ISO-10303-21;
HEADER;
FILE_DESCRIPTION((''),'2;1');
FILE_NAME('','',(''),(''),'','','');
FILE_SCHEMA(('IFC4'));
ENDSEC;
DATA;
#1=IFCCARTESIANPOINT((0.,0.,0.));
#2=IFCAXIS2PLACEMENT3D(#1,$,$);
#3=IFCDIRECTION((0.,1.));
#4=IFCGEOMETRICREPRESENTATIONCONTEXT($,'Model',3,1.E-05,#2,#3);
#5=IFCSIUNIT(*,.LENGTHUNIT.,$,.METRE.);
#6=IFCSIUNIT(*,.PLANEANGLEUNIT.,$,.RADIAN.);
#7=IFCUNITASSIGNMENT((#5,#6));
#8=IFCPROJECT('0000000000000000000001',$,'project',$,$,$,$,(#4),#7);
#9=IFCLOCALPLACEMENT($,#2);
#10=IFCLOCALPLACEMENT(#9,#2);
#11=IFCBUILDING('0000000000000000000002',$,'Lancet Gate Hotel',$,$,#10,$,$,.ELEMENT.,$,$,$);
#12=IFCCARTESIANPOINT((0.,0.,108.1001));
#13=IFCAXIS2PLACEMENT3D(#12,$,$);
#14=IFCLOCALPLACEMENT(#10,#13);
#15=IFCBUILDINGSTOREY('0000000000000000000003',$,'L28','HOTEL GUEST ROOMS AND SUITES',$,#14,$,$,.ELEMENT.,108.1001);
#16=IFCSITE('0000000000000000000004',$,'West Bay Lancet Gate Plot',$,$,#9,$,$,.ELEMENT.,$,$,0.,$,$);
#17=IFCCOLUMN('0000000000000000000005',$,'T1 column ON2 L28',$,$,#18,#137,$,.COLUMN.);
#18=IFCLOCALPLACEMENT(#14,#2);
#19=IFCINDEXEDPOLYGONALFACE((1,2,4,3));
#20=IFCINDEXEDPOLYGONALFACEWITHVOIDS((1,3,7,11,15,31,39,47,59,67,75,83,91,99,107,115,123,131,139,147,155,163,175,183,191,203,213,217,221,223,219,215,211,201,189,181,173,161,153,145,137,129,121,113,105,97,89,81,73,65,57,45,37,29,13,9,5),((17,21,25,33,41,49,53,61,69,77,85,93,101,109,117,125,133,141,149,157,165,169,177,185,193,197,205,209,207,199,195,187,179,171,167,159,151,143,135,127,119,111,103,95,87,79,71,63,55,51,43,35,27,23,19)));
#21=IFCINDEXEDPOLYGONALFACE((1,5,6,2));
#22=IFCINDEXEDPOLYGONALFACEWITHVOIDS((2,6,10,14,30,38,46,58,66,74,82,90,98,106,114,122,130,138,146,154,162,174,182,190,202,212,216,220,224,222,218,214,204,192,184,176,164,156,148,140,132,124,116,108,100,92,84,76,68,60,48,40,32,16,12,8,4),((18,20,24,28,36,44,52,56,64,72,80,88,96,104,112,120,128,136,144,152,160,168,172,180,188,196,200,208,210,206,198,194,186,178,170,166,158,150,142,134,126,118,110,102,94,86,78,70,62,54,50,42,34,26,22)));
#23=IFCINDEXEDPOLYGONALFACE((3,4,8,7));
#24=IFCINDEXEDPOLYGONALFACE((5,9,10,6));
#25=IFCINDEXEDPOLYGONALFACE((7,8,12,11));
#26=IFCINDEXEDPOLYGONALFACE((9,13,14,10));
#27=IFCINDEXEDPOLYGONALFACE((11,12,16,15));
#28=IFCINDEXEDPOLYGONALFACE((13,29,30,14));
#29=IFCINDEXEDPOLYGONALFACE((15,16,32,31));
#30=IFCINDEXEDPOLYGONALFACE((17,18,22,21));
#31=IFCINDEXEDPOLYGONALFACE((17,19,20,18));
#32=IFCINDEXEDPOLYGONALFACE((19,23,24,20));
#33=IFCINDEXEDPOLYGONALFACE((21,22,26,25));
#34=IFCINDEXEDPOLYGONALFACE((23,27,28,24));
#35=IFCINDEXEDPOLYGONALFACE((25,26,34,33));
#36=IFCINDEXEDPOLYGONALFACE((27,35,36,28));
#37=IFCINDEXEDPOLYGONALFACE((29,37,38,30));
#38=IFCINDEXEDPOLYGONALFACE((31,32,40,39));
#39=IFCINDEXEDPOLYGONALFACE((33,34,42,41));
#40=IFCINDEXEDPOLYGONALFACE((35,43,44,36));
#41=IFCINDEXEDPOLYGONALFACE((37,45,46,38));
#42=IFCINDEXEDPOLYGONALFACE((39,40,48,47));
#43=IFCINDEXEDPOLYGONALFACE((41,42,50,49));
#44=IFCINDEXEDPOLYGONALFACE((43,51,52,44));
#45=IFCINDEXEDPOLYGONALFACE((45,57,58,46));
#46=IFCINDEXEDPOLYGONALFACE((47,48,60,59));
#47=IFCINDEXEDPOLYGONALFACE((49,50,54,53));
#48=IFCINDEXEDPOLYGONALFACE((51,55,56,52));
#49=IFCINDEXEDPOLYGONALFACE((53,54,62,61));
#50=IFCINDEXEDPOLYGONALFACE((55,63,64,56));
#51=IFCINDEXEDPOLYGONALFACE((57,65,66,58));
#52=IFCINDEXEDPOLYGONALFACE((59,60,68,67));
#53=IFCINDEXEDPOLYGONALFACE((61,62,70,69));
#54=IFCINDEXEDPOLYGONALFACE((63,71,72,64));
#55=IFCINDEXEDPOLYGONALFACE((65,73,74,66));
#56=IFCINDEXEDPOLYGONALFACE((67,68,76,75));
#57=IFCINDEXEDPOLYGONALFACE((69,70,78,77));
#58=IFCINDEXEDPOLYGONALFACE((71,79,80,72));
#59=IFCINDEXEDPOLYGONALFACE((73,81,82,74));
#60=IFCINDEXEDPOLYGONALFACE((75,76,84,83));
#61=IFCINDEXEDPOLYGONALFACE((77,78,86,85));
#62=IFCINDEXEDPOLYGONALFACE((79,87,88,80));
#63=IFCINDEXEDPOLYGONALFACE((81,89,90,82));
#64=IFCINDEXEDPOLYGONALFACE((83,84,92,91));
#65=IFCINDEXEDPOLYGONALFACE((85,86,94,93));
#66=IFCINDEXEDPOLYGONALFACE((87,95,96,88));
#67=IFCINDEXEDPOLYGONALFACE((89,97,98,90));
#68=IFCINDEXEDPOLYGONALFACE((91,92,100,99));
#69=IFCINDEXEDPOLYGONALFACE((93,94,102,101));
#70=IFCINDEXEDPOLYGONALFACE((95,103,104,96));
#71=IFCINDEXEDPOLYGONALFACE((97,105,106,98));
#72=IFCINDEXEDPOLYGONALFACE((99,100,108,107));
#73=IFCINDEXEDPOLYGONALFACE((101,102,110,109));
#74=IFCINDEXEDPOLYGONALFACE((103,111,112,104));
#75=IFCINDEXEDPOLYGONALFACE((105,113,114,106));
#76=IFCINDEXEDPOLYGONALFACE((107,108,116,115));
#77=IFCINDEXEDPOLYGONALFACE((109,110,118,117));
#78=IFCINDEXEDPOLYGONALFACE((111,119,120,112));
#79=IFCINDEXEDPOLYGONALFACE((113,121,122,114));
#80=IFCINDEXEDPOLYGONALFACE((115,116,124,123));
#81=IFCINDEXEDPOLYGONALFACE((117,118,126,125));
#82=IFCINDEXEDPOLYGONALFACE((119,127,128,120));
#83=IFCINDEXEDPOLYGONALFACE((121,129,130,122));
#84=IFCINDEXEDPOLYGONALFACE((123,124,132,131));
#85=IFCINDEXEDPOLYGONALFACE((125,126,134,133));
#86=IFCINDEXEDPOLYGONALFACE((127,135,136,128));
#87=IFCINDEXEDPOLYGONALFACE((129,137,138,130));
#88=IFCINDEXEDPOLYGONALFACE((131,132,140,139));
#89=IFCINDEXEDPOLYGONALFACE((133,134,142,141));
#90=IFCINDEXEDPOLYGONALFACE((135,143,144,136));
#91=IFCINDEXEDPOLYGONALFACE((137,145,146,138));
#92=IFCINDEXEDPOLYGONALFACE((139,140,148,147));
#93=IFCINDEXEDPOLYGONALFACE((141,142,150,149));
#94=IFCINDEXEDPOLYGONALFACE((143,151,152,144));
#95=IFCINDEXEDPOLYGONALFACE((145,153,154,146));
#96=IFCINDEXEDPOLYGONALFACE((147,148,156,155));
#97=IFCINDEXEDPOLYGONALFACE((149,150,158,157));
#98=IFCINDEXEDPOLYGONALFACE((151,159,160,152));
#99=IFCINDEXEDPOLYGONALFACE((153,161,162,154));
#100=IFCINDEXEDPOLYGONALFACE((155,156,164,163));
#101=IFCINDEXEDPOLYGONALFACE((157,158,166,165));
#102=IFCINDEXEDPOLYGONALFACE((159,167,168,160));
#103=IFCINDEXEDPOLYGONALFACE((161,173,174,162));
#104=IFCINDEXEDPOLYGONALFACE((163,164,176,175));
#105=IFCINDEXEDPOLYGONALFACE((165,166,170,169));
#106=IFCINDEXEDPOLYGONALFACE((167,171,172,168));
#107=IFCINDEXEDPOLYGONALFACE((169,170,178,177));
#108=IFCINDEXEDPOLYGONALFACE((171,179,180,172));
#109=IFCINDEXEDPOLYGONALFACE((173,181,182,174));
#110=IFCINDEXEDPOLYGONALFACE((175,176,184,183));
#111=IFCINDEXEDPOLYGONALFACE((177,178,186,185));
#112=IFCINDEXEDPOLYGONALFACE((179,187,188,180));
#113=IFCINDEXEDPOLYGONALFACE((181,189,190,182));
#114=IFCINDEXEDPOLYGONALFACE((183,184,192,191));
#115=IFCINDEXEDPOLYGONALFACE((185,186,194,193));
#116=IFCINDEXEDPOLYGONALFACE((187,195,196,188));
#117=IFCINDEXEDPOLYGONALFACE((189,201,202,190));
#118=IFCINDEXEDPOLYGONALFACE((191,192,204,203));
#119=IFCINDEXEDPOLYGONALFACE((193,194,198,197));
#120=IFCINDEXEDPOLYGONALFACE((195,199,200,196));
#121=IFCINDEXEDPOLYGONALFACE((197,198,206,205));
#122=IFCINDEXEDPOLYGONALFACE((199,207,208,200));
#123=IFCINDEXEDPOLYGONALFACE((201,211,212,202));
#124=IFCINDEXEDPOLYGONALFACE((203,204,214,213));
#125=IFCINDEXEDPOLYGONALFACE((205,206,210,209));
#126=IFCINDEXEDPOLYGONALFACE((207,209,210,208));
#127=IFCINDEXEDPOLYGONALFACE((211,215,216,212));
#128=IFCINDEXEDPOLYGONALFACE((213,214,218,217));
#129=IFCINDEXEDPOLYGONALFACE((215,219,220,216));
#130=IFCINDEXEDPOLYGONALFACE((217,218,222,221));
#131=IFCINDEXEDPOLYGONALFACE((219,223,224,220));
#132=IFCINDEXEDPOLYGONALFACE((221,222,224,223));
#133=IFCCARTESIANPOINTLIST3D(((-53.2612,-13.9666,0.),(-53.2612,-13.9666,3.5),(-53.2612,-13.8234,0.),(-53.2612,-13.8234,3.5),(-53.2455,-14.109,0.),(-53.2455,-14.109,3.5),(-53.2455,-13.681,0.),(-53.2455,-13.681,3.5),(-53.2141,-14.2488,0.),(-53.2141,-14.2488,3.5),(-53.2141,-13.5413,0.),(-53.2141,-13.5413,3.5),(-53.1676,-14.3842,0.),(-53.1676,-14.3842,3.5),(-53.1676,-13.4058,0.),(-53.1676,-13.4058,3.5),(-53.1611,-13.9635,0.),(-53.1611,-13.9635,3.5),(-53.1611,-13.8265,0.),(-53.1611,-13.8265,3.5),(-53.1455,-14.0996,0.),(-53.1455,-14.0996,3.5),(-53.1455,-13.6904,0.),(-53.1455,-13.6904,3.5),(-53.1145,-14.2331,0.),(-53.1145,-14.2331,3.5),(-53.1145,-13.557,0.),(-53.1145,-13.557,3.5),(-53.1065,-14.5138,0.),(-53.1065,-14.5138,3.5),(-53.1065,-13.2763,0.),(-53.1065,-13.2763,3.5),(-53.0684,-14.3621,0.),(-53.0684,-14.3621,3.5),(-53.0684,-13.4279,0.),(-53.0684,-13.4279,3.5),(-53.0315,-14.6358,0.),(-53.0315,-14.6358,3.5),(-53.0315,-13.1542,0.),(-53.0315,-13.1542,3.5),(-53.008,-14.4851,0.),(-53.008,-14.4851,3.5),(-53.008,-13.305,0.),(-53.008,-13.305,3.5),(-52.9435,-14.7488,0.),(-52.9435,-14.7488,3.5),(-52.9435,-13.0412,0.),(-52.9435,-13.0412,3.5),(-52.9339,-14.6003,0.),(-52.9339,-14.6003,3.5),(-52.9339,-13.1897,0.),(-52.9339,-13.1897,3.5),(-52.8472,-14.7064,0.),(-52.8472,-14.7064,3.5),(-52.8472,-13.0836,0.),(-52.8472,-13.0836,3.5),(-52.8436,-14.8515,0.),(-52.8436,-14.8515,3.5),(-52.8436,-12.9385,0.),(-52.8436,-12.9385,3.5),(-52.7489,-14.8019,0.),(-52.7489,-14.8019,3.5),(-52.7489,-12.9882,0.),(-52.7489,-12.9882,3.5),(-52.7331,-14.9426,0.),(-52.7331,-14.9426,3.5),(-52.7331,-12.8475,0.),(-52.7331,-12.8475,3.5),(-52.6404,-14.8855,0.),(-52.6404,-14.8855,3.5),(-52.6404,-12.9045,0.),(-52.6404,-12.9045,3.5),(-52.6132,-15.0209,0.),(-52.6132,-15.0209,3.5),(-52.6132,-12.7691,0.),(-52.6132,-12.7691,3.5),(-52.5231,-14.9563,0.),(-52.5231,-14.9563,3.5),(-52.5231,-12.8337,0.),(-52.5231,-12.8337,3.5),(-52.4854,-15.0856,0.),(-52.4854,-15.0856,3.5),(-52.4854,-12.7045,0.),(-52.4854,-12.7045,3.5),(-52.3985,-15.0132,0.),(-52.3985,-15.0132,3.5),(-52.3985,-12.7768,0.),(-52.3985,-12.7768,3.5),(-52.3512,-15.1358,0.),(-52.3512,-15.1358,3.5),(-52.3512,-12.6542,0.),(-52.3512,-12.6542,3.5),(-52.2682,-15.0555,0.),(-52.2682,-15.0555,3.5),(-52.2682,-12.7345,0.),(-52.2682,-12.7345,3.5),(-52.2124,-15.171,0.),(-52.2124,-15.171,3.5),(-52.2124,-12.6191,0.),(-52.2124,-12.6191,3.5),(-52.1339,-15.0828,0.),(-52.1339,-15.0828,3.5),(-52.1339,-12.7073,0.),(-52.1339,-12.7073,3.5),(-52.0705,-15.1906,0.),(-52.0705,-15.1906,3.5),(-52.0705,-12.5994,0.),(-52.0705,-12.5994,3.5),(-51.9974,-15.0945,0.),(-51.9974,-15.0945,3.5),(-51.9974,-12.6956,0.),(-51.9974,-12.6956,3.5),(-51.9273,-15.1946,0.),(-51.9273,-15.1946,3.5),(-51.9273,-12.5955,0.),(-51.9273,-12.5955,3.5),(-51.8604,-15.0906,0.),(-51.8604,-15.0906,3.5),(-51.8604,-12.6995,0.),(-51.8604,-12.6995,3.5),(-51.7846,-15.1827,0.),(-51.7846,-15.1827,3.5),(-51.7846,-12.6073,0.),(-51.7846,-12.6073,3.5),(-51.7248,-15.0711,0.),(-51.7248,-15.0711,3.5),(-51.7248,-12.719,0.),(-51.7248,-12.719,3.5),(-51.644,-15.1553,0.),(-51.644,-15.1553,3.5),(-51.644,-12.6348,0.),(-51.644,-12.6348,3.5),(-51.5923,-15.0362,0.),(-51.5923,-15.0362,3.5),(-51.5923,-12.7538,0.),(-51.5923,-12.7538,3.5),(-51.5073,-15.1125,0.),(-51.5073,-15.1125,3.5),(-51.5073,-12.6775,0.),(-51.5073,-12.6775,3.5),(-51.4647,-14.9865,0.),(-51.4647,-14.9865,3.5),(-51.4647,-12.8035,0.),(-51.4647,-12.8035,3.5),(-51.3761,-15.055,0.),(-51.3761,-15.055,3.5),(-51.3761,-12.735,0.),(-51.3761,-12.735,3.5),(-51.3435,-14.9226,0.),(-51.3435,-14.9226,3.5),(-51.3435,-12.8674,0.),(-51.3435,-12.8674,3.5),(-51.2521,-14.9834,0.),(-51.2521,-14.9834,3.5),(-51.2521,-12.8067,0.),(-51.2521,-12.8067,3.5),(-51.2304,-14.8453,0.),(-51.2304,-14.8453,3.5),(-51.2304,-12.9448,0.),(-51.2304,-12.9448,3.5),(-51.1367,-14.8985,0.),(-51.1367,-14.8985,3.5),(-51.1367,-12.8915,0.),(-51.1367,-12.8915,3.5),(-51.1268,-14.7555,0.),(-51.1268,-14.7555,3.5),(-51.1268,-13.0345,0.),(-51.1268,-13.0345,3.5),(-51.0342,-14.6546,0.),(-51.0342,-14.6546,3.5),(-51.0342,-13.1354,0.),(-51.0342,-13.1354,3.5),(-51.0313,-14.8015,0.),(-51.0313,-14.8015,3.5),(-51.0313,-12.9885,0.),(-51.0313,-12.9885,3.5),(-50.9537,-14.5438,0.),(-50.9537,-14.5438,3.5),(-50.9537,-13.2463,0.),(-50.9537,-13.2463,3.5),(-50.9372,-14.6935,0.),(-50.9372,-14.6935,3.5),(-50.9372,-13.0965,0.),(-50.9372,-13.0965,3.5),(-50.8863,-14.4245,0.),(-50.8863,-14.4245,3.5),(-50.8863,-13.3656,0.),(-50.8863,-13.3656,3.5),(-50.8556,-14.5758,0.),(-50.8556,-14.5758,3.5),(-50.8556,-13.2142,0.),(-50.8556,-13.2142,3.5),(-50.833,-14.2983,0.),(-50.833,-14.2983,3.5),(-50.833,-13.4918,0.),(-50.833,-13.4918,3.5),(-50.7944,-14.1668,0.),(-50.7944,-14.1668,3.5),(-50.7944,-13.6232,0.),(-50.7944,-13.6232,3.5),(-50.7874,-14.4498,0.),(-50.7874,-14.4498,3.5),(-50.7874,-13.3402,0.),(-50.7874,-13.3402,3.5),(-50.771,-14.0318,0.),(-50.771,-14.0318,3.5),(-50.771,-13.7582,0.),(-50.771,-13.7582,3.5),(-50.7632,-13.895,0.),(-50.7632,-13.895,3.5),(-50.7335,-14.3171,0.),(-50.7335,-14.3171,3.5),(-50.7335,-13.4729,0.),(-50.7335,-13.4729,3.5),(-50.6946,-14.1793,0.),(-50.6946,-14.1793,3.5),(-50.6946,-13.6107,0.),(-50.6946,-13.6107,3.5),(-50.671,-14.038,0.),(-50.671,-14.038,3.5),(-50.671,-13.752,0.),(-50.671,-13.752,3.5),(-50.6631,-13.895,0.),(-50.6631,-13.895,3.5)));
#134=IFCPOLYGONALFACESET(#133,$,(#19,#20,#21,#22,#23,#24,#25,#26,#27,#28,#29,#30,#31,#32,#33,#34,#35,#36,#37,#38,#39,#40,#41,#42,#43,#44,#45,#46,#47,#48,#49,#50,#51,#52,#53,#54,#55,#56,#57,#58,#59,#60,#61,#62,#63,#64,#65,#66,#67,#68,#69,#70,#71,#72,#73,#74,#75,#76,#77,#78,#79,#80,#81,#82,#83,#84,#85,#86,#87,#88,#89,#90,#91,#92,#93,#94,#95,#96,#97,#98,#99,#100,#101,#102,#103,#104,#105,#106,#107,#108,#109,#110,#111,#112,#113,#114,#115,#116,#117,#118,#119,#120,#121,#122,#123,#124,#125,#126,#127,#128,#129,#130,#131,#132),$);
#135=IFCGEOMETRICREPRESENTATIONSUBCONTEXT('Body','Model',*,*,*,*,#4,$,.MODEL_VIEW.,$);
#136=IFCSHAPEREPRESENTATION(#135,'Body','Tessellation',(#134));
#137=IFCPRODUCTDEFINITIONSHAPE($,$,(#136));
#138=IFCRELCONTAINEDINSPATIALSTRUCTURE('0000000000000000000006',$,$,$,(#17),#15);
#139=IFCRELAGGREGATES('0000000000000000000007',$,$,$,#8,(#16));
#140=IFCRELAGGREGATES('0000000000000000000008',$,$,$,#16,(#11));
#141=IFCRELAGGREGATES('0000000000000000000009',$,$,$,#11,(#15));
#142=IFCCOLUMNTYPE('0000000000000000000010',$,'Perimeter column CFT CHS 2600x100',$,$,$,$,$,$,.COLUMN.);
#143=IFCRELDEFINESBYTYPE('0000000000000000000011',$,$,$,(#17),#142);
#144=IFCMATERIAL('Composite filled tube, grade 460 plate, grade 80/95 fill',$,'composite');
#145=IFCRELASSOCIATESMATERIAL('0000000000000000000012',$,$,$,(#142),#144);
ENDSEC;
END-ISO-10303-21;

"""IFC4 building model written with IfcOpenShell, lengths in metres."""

from ifc_helpers import new_model, si_unit, direction, frame, origin, origin_2d, place, context, subcontext, project, spatial, hollow_circle, extrude, material, material_profile, profile_set, type_object, element, save


model = new_model("IFC4")

# Units and contexts
model_context = context("Model", 3, precision=1e-05, world=origin(), true_north=direction((0.0, 1.0)))
body_context = subcontext(model_context, "Body", "Model", "MODEL_VIEW")
ifc_project = project(units=[si_unit("LENGTHUNIT", "METRE"), si_unit("PLANEANGLEUNIT", "RADIAN")], contexts=[model_context])

# Site, building, storey
site_placement = place(None, origin())
site = spatial("IfcSite", under=ifc_project, at=site_placement, Name="West Bay Lancet Gate Plot", CompositionType="ELEMENT", RefElevation=0.0)
building_placement = place(site_placement, origin())
building = spatial("IfcBuilding", under=site, at=building_placement, Name="Lancet Gate Hotel", CompositionType="ELEMENT")
storey_placement = place(building_placement, frame((0.0, 0.0, 108.1001)))
storey = spatial("IfcBuildingStorey", under=building, at=storey_placement, Name="L28", Description="HOTEL GUEST ROOMS AND SUITES", CompositionType="ELEMENT", Elevation=108.1001)

# Column
ifc_material_1 = material(Name="Composite filled tube, grade 460 plate, grade 80/95 fill", Category="composite")
ifc_material_profile_1 = material_profile(ifc_material_1, hollow_circle(Radius=1.3, WallThickness=0.1001, at=origin_2d()), Name="CHS 2600x100")
ifc_profile_set_1 = profile_set([ifc_material_profile_1], Name="Composite filled tube, grade 460 plate, grade 80/95 fill")
column_type = type_object("IfcColumnType", Name="Perimeter column CFT CHS 2600x100", PredefinedType="COLUMN", material=ifc_profile_set_1)
for number, where, z_axis, x_axis, name in (
    (1, (-51.9631, -13.895, 0.0), (0.0, 0.0, 1.0), (1.0, 0.0, 0.0), "T1 column ON2 L28"),
):
    element("IfcColumn", number, at=place(storey_placement, frame(where, z_axis=z_axis, x_axis=x_axis)), inside=storey, type_object=column_type, Name=name, PredefinedType="COLUMN", context=body_context, shape_type="SweptSolid", body=[
        extrude(hollow_circle(Radius=1.3, WallThickness=0.1001, at=origin_2d()), origin(), (0.0, 0.0, 1.0), 3.5),
    ])

save(model, "model.ifc")
